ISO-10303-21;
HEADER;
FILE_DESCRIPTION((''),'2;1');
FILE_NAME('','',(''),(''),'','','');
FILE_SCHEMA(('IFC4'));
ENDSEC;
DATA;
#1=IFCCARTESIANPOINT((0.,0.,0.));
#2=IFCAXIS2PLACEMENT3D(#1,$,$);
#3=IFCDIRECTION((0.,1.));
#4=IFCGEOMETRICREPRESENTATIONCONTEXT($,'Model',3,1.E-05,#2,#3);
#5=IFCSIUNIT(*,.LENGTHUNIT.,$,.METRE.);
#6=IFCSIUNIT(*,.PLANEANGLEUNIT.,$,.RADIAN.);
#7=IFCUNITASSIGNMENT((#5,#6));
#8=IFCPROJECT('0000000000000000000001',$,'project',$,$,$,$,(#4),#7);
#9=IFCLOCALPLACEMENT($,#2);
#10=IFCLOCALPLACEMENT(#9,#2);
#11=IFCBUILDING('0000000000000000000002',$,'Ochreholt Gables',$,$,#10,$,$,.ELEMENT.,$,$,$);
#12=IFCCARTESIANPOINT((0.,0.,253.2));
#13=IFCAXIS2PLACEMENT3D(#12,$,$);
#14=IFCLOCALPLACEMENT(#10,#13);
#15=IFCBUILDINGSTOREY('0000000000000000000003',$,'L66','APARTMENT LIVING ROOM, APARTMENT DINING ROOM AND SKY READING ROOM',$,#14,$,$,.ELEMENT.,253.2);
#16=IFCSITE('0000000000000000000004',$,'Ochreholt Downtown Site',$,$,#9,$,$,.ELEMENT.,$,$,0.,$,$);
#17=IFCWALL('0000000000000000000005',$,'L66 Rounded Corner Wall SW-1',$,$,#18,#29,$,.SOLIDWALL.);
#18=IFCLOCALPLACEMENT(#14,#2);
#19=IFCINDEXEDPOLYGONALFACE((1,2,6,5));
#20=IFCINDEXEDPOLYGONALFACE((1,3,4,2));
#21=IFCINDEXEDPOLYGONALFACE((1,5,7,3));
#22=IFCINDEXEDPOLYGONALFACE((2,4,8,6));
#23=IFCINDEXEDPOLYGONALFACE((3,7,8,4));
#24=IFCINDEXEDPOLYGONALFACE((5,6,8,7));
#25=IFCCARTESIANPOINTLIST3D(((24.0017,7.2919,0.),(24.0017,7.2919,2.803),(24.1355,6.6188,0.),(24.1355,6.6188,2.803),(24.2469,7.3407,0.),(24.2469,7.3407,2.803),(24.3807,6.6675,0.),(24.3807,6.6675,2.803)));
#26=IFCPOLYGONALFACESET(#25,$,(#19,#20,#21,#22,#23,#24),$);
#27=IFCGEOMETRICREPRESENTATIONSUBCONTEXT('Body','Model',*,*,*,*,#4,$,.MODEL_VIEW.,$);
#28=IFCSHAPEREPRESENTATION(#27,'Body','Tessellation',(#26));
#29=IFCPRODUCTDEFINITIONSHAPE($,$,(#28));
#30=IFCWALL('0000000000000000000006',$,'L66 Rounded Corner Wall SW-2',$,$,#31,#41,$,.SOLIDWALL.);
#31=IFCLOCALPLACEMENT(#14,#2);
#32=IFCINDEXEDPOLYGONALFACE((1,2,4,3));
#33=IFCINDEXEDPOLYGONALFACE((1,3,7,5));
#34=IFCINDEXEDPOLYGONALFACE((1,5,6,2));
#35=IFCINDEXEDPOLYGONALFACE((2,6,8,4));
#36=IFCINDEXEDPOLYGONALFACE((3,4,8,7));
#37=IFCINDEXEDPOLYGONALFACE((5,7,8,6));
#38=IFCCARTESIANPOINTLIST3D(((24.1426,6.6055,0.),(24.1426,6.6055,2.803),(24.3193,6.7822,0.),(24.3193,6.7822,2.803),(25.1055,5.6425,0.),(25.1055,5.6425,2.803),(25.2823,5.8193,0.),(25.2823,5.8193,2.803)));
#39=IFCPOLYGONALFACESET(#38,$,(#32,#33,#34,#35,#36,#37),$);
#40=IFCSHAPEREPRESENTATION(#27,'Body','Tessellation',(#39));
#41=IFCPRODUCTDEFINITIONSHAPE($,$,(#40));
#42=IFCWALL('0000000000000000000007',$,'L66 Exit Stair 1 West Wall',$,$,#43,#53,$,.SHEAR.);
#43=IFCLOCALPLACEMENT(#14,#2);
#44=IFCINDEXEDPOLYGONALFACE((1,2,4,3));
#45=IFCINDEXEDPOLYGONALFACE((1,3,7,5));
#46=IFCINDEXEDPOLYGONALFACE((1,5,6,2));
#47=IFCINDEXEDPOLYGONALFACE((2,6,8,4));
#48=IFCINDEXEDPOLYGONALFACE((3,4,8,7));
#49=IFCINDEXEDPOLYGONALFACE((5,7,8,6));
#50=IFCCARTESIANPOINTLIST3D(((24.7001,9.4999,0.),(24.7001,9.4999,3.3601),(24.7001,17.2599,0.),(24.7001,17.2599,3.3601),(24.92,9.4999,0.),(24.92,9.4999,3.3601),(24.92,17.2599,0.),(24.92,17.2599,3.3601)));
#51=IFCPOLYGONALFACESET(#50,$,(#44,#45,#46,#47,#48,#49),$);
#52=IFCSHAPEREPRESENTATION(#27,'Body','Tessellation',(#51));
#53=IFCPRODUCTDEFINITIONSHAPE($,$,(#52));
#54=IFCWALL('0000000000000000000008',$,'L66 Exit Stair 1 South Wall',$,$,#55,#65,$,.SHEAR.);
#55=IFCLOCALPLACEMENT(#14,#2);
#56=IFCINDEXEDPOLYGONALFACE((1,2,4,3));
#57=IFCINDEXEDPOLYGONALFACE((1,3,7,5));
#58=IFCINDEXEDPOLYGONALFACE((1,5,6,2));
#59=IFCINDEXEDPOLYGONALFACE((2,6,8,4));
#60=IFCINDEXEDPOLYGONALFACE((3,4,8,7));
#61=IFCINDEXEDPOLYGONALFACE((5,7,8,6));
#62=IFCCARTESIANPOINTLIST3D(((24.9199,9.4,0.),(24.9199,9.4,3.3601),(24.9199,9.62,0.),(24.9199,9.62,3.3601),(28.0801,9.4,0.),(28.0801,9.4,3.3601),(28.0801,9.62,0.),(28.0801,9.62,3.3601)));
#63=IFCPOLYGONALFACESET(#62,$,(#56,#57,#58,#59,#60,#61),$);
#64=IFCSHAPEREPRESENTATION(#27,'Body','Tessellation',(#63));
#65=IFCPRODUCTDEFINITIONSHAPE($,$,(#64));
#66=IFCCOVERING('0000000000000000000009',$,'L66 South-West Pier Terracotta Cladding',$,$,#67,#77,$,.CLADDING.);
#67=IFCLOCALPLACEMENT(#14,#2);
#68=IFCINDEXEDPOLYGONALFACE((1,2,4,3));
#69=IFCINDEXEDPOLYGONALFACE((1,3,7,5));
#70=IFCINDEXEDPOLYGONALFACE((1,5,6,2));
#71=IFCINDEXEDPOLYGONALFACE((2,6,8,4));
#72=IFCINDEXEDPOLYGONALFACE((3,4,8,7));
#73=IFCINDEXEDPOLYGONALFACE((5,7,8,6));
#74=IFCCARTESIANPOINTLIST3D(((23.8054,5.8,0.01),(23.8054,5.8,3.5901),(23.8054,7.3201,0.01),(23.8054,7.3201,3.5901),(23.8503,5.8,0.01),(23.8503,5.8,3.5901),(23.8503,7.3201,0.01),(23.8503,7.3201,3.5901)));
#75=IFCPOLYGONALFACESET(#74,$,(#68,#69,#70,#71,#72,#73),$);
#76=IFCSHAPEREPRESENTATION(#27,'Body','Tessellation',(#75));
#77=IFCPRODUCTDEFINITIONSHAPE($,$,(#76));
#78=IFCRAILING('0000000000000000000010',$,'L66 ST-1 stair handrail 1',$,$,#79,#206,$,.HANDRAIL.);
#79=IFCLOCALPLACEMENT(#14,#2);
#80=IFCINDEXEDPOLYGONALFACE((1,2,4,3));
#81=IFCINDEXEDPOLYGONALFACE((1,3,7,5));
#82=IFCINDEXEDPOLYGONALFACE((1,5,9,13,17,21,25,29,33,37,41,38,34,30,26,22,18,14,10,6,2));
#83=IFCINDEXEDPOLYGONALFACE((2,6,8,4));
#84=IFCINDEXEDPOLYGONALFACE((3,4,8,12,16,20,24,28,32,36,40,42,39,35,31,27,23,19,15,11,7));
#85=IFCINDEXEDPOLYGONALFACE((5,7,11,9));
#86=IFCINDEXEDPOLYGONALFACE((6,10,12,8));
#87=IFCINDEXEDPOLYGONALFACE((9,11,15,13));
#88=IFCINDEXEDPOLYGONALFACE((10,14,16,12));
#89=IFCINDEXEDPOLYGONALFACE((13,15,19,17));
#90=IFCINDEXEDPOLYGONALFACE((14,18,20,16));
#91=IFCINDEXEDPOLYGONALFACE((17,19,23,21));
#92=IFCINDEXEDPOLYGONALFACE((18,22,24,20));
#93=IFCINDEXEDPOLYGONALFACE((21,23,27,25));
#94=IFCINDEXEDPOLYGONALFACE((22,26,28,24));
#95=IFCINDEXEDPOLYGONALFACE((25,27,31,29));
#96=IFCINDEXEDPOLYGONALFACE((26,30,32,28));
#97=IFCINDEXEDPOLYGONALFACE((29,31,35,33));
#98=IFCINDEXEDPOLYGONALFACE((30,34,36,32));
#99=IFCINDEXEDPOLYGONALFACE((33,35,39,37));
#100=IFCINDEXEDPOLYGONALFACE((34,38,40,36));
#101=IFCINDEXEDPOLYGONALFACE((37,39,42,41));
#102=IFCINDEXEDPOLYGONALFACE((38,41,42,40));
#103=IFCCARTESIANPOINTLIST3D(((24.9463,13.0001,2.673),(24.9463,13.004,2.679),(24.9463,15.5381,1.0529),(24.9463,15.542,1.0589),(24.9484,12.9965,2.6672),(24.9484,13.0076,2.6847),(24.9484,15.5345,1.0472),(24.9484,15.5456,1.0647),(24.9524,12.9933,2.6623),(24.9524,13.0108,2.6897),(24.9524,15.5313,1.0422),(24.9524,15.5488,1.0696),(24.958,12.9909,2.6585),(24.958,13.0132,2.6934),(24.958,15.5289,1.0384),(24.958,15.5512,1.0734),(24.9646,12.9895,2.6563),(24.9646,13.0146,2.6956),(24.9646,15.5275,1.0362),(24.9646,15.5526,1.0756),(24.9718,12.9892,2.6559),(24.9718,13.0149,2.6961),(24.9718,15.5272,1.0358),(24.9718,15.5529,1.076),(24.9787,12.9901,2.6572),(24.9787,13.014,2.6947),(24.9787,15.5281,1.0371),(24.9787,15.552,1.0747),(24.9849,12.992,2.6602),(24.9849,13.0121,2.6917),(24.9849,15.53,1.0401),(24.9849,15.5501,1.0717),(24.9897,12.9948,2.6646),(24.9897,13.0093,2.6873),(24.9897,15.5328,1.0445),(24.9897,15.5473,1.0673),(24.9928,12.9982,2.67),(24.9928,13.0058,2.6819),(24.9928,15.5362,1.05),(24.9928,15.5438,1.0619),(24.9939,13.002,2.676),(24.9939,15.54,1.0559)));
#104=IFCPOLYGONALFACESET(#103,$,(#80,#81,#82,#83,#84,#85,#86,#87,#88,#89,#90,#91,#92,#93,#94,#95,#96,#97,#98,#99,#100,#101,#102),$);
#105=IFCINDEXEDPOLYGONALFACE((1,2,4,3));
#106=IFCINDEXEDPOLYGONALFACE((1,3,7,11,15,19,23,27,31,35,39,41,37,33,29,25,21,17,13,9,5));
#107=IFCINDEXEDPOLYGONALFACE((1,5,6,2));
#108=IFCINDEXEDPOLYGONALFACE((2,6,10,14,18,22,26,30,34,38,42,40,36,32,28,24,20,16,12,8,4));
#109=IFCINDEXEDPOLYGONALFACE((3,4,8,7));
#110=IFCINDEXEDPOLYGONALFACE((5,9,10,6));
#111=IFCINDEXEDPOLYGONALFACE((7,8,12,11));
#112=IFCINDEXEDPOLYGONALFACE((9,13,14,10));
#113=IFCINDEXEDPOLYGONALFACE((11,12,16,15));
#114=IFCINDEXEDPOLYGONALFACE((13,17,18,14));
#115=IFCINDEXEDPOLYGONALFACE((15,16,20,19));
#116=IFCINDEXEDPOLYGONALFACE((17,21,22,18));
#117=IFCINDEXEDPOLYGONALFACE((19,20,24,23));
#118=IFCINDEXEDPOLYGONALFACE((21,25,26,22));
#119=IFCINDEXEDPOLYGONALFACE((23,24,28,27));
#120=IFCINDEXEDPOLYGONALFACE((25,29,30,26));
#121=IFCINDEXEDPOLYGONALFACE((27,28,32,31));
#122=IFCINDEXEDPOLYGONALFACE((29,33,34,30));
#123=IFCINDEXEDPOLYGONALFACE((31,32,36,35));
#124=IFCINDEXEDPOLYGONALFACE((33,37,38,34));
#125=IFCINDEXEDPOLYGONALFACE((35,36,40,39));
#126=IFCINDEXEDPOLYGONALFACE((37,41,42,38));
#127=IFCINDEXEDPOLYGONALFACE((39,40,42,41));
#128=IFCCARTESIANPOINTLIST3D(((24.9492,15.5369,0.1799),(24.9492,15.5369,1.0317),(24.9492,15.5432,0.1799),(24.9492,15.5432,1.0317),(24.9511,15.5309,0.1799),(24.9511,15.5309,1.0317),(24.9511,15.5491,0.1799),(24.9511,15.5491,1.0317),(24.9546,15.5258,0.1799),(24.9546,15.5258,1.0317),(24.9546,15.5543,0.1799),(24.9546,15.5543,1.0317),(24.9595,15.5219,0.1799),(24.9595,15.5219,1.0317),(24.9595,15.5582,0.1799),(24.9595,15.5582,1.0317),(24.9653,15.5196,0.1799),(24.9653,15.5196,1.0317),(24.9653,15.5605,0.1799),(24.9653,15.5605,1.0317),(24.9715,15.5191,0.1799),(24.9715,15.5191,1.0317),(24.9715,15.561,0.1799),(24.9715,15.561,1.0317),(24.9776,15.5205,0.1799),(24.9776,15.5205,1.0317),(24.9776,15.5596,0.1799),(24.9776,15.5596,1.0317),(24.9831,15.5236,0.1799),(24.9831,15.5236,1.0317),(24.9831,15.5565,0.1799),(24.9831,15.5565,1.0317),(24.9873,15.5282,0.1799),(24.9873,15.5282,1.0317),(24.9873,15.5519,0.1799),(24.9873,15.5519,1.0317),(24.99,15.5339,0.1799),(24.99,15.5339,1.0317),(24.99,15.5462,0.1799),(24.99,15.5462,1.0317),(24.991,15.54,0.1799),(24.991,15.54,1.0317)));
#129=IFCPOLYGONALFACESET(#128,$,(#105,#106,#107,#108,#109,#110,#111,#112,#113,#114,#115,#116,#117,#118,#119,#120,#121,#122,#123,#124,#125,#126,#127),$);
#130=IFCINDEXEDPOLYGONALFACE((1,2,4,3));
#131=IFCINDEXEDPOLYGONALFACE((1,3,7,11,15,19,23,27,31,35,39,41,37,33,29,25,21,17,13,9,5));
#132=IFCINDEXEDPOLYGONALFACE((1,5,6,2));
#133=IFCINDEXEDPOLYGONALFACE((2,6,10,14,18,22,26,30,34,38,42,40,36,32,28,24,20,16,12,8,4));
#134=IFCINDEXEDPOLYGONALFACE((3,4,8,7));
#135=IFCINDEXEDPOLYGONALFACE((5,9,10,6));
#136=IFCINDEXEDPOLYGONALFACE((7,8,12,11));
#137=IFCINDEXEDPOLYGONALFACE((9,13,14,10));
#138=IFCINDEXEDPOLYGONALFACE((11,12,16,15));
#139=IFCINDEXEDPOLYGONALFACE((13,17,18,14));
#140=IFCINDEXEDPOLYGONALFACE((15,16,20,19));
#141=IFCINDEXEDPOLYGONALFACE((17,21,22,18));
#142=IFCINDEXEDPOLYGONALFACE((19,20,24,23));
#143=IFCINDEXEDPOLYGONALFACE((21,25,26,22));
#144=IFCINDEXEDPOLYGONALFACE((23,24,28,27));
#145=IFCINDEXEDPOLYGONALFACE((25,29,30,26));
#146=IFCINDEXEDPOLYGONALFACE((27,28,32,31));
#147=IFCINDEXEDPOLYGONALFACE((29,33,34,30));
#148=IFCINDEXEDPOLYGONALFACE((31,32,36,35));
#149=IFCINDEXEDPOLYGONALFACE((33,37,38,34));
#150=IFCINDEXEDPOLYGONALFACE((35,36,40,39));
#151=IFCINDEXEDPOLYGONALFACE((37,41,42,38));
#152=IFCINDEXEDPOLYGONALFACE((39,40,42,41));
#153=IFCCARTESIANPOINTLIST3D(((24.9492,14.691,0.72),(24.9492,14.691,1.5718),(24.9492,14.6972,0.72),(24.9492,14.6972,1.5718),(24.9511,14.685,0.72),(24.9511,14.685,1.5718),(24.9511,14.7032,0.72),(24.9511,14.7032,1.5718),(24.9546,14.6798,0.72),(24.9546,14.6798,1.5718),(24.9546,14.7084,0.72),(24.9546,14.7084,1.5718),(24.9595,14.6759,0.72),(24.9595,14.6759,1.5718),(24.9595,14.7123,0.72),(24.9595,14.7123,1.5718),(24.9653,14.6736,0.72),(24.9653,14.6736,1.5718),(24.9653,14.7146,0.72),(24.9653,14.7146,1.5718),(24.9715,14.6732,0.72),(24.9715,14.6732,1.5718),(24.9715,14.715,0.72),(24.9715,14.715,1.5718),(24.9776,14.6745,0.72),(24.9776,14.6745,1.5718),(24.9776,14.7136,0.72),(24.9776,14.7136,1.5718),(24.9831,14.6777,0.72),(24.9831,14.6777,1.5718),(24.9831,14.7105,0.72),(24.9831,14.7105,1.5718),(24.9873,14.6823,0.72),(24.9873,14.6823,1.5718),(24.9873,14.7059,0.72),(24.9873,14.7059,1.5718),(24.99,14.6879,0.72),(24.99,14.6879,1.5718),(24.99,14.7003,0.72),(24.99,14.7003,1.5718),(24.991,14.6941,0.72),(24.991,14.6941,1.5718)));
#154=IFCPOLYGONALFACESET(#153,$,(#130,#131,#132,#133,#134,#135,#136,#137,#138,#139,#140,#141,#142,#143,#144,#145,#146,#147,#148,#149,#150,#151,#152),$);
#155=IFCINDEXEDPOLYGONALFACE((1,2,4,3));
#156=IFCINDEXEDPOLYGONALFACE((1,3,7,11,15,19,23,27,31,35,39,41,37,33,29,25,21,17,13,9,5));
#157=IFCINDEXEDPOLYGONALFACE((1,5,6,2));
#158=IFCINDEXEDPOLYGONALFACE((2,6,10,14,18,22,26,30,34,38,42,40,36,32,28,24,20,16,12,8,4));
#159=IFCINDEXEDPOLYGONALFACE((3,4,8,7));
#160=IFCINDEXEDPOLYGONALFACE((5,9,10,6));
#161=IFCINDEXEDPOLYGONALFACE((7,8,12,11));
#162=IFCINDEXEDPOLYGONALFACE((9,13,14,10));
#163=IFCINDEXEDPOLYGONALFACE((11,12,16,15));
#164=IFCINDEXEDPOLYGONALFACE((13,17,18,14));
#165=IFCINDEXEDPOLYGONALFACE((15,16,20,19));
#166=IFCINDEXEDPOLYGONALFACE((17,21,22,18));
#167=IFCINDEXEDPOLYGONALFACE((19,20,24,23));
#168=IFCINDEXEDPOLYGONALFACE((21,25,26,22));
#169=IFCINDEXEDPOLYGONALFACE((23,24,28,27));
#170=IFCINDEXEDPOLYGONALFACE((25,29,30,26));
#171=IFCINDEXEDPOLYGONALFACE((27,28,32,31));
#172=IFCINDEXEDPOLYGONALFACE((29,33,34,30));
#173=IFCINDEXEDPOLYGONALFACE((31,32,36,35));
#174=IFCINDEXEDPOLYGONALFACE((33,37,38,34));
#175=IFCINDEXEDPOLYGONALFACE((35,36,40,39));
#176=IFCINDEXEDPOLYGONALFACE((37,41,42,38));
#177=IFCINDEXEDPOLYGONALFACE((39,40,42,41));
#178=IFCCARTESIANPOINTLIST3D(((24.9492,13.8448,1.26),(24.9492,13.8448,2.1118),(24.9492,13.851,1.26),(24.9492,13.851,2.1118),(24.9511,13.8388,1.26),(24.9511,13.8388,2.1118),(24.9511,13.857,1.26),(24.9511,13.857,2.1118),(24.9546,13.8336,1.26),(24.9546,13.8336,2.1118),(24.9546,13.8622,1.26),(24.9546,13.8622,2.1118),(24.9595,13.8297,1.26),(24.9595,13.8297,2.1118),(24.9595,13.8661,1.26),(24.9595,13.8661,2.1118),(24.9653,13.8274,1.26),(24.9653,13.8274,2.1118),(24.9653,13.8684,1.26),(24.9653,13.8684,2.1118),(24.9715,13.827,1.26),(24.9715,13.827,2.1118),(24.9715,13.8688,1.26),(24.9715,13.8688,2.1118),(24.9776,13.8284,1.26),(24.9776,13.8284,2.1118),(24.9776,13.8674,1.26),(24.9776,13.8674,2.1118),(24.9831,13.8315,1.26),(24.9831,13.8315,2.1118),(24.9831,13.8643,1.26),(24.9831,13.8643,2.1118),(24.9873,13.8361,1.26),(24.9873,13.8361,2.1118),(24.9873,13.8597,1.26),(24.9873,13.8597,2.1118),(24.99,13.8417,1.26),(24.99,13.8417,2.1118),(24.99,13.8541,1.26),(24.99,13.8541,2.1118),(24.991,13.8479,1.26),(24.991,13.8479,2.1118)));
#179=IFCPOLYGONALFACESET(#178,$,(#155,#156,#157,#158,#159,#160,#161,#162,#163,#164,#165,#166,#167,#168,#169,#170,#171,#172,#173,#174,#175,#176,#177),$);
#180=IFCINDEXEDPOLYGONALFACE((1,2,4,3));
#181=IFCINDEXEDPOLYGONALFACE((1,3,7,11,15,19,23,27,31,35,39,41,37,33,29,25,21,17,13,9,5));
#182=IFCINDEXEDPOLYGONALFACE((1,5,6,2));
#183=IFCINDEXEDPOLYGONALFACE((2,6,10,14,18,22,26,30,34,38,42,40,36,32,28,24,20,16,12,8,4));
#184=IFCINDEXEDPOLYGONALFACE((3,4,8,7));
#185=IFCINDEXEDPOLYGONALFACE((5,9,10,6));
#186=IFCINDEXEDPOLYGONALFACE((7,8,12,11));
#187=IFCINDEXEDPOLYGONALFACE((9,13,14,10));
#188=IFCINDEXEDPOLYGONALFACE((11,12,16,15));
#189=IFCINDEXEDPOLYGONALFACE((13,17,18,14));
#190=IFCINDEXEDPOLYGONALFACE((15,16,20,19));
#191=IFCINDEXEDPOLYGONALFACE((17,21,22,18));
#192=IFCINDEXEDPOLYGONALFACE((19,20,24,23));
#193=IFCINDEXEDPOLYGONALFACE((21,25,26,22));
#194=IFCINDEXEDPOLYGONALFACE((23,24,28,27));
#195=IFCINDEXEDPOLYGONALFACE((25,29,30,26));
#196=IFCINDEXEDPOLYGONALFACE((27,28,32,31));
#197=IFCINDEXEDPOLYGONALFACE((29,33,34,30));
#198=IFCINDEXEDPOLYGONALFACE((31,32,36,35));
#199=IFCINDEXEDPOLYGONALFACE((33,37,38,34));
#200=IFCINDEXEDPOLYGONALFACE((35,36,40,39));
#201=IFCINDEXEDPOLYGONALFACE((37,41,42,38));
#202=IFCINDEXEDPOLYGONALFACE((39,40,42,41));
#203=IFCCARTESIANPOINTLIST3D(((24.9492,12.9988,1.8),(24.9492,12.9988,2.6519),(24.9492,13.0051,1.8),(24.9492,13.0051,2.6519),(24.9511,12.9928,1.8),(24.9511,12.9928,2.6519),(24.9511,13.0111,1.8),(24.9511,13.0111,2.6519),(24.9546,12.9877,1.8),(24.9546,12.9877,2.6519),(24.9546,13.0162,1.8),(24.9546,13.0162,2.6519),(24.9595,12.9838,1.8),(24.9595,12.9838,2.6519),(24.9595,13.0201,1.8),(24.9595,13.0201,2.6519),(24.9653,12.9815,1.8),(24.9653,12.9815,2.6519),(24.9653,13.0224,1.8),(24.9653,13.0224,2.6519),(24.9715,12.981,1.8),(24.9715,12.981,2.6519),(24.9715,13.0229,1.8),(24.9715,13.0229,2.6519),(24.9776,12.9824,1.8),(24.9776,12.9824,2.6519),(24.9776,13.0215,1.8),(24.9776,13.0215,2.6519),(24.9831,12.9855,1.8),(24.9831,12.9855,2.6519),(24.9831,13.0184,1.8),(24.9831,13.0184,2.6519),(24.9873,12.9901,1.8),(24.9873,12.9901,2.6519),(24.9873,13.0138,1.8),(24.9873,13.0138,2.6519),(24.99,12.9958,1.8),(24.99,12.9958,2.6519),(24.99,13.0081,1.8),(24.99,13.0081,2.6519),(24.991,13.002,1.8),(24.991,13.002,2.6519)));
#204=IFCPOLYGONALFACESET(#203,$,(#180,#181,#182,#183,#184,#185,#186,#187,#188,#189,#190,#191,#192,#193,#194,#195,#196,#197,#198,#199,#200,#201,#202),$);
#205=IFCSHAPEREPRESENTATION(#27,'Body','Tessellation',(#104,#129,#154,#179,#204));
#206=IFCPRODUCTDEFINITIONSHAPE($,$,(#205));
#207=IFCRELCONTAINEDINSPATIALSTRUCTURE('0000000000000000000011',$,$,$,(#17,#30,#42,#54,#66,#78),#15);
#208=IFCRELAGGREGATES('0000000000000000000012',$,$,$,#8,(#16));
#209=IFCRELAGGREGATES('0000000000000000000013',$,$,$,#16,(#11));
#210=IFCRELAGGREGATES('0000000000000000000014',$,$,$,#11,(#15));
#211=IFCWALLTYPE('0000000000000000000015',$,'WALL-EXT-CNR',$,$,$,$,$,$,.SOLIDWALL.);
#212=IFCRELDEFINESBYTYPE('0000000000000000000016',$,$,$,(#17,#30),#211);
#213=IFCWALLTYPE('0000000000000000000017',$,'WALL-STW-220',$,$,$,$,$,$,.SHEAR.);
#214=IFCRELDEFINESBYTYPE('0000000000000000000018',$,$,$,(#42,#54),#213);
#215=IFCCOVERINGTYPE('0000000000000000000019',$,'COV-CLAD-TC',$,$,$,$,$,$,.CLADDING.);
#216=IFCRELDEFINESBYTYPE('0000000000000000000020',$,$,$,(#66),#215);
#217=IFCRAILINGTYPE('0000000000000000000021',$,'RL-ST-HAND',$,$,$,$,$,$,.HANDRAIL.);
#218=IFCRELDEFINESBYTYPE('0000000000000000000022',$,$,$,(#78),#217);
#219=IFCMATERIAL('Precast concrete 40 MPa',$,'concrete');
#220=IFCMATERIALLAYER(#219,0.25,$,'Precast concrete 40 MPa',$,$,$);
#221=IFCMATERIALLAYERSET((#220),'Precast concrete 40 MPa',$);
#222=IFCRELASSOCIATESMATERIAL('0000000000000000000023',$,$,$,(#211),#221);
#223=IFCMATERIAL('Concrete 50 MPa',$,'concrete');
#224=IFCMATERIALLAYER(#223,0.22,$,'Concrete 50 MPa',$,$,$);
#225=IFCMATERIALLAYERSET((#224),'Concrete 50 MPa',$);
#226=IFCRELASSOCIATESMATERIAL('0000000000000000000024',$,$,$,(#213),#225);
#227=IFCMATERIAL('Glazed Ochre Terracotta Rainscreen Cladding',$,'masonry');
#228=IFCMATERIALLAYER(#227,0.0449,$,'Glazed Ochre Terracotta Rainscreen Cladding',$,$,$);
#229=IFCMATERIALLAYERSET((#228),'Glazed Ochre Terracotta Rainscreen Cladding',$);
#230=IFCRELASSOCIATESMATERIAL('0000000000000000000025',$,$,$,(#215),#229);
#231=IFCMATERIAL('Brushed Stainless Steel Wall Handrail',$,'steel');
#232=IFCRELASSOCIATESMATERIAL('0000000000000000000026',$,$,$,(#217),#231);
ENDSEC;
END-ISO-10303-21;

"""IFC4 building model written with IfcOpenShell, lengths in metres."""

from ifc_helpers import new_model, si_unit, direction, frame, frame_2d, origin, origin_2d, place, context, subcontext, project, spatial, rectangle, circle, extrude, material, layer, layer_set, type_object, element, save


model = new_model("IFC4")

# Units and contexts
model_context = context("Model", 3, precision=1e-05, world=origin(), true_north=direction((0.0, 1.0)))
body_context = subcontext(model_context, "Body", "Model", "MODEL_VIEW")
ifc_project = project(units=[si_unit("LENGTHUNIT", "METRE"), si_unit("PLANEANGLEUNIT", "RADIAN")], contexts=[model_context])

# Site, building, storey
site_placement = place(None, origin())
site = spatial("IfcSite", under=ifc_project, at=site_placement, Name="Ochreholt Downtown Site", CompositionType="ELEMENT", RefElevation=0.0)
building_placement = place(site_placement, origin())
building = spatial("IfcBuilding", under=site, at=building_placement, Name="Ochreholt Gables", CompositionType="ELEMENT")
storey_placement = place(building_placement, frame((0.0, 0.0, 253.2)))
storey = spatial("IfcBuildingStorey", under=building, at=storey_placement, Name="L66", Description="APARTMENT LIVING ROOM, APARTMENT DINING ROOM AND SKY READING ROOM", CompositionType="ELEMENT", Elevation=253.2)

# Shared definitions
ifc_material_1 = material(Name="Concrete 50 MPa", Category="concrete")

# Shared definitions
ifc_material_2 = material(Name="Precast concrete 40 MPa", Category="concrete")

# Walls
ifc_layer_1 = layer(ifc_material_2, 0.25, Name="Precast concrete 40 MPa")
ifc_layer_set_1 = layer_set([ifc_layer_1], Name="Precast concrete 40 MPa")
wall_type_1 = type_object("IfcWallType", Name="WALL-EXT-CNR", PredefinedType="SOLIDWALL", material=ifc_layer_set_1)
wall_1_placement = place(storey_placement, frame((24.1243, 7.3164, 0.0), z_axis=(0.0, 0.0, 1.0), x_axis=(0.194953, -0.980813, 0.0)))
element("IfcWall", 1, at=wall_1_placement, inside=storey, type_object=wall_type_1, Name="L66 Rounded Corner Wall SW-1", PredefinedType="SOLIDWALL", context=body_context, shape_type="SweptSolid", body=[
    extrude(rectangle(XDim=0.6863, YDim=0.25, at=frame_2d((0.3433, 0.0))), origin(), (0.0, 0.0, 1.0), 2.803),
])
wall_2_placement = place(storey_placement, frame((24.231, 6.6938, 0.0), z_axis=(0.0, 0.0, 1.0), x_axis=(0.707107, -0.707107, 0.0)))
element("IfcWall", 2, at=wall_2_placement, inside=storey, type_object=wall_type_1, Name="L66 Rounded Corner Wall SW-2", PredefinedType="SOLIDWALL", context=body_context, shape_type="SweptSolid", body=[
    extrude(rectangle(XDim=1.3618, YDim=0.25, at=frame_2d((0.6809, 0.0))), origin(), (0.0, 0.0, 1.0), 2.803),
])
ifc_layer_2 = layer(ifc_material_1, 0.22, Name="Concrete 50 MPa")
ifc_layer_set_2 = layer_set([ifc_layer_2], Name="Concrete 50 MPa")
wall_type_2 = type_object("IfcWallType", Name="WALL-STW-220", PredefinedType="SHEAR", material=ifc_layer_set_2)
wall_3_placement = place(storey_placement, frame((24.8101, 9.5, 0.0), z_axis=(0.0, 0.0, 1.0), x_axis=(0.0, 1.0, 0.0)))
element("IfcWall", 3, at=wall_3_placement, inside=storey, type_object=wall_type_2, Name="L66 Exit Stair 1 West Wall", PredefinedType="SHEAR", context=body_context, shape_type="SweptSolid", body=[
    extrude(rectangle(XDim=7.76, YDim=0.22, at=frame_2d((3.8799, 0.0))), origin(), (0.0, 0.0, 1.0), 3.3601),
])
wall_4_placement = place(storey_placement, frame((24.9199, 9.51, 0.0), z_axis=(0.0, 0.0, 1.0), x_axis=(1.0, 0.0, 0.0)))
element("IfcWall", 4, at=wall_4_placement, inside=storey, type_object=wall_type_2, Name="L66 Exit Stair 1 South Wall", PredefinedType="SHEAR", context=body_context, shape_type="SweptSolid", body=[
    extrude(rectangle(XDim=3.1602, YDim=0.22, at=frame_2d((1.5801, 0.0))), origin(), (0.0, 0.0, 1.0), 3.3601),
])

# Covering
ifc_material_3 = material(Name="Glazed Ochre Terracotta Rainscreen Cladding", Category="masonry")
ifc_layer_3 = layer(ifc_material_3, 0.0449, Name="Glazed Ochre Terracotta Rainscreen Cladding")
ifc_layer_set_3 = layer_set([ifc_layer_3], Name="Glazed Ochre Terracotta Rainscreen Cladding")
covering_type = type_object("IfcCoveringType", Name="COV-CLAD-TC", PredefinedType="CLADDING", material=ifc_layer_set_3)
covering_placement = place(storey_placement, frame((23.8279, 6.5601, 0.01), z_axis=(0.0, 0.0, 1.0), x_axis=(0.0, 1.0, 0.0)))
element("IfcCovering", 5, at=covering_placement, inside=storey, type_object=covering_type, Name="L66 South-West Pier Terracotta Cladding", PredefinedType="CLADDING", context=body_context, shape_type="SweptSolid", body=[
    extrude(rectangle(XDim=1.52, YDim=0.0449, at=origin_2d()), origin(), (0.0, 0.0, 1.0), 3.5801),
])

# Railing
ifc_material_4 = material(Name="Brushed Stainless Steel Wall Handrail", Category="steel")
railing_type = type_object("IfcRailingType", Name="RL-ST-HAND", PredefinedType="HANDRAIL", material=ifc_material_4)
railing_placement = place(storey_placement, frame((24.97, 15.54, 0.1799)))
element("IfcRailing", 6, at=railing_placement, inside=storey, type_object=railing_type, Name="L66 ST-1 stair handrail 1", PredefinedType="HANDRAIL", context=body_context, shape_type="SweptSolid", body=[
    extrude(circle(Radius=0.0239, at=origin_2d()), frame((0.0, 0.0, 0.876), z_axis=(0.0, -0.842913, 0.53805), x_axis=(1.0, 0.0, 0.0)), (0.0, 0.0, 1.0), 3.011),
    extrude(circle(Radius=0.021, at=origin_2d()), origin(), (0.0, 0.0, 1.0), 0.8518),
    extrude(circle(Radius=0.021, at=origin_2d()), frame((0.0, -0.8459, 0.54)), (0.0, 0.0, 1.0), 0.8518),
    extrude(circle(Radius=0.021, at=origin_2d()), frame((0.0, -1.6921, 1.0801)), (0.0, 0.0, 1.0), 0.8518),
    extrude(circle(Radius=0.021, at=origin_2d()), frame((0.0, -2.5381, 1.6201)), (0.0, 0.0, 1.0), 0.8518),
])

save(model, "model.ifc")
